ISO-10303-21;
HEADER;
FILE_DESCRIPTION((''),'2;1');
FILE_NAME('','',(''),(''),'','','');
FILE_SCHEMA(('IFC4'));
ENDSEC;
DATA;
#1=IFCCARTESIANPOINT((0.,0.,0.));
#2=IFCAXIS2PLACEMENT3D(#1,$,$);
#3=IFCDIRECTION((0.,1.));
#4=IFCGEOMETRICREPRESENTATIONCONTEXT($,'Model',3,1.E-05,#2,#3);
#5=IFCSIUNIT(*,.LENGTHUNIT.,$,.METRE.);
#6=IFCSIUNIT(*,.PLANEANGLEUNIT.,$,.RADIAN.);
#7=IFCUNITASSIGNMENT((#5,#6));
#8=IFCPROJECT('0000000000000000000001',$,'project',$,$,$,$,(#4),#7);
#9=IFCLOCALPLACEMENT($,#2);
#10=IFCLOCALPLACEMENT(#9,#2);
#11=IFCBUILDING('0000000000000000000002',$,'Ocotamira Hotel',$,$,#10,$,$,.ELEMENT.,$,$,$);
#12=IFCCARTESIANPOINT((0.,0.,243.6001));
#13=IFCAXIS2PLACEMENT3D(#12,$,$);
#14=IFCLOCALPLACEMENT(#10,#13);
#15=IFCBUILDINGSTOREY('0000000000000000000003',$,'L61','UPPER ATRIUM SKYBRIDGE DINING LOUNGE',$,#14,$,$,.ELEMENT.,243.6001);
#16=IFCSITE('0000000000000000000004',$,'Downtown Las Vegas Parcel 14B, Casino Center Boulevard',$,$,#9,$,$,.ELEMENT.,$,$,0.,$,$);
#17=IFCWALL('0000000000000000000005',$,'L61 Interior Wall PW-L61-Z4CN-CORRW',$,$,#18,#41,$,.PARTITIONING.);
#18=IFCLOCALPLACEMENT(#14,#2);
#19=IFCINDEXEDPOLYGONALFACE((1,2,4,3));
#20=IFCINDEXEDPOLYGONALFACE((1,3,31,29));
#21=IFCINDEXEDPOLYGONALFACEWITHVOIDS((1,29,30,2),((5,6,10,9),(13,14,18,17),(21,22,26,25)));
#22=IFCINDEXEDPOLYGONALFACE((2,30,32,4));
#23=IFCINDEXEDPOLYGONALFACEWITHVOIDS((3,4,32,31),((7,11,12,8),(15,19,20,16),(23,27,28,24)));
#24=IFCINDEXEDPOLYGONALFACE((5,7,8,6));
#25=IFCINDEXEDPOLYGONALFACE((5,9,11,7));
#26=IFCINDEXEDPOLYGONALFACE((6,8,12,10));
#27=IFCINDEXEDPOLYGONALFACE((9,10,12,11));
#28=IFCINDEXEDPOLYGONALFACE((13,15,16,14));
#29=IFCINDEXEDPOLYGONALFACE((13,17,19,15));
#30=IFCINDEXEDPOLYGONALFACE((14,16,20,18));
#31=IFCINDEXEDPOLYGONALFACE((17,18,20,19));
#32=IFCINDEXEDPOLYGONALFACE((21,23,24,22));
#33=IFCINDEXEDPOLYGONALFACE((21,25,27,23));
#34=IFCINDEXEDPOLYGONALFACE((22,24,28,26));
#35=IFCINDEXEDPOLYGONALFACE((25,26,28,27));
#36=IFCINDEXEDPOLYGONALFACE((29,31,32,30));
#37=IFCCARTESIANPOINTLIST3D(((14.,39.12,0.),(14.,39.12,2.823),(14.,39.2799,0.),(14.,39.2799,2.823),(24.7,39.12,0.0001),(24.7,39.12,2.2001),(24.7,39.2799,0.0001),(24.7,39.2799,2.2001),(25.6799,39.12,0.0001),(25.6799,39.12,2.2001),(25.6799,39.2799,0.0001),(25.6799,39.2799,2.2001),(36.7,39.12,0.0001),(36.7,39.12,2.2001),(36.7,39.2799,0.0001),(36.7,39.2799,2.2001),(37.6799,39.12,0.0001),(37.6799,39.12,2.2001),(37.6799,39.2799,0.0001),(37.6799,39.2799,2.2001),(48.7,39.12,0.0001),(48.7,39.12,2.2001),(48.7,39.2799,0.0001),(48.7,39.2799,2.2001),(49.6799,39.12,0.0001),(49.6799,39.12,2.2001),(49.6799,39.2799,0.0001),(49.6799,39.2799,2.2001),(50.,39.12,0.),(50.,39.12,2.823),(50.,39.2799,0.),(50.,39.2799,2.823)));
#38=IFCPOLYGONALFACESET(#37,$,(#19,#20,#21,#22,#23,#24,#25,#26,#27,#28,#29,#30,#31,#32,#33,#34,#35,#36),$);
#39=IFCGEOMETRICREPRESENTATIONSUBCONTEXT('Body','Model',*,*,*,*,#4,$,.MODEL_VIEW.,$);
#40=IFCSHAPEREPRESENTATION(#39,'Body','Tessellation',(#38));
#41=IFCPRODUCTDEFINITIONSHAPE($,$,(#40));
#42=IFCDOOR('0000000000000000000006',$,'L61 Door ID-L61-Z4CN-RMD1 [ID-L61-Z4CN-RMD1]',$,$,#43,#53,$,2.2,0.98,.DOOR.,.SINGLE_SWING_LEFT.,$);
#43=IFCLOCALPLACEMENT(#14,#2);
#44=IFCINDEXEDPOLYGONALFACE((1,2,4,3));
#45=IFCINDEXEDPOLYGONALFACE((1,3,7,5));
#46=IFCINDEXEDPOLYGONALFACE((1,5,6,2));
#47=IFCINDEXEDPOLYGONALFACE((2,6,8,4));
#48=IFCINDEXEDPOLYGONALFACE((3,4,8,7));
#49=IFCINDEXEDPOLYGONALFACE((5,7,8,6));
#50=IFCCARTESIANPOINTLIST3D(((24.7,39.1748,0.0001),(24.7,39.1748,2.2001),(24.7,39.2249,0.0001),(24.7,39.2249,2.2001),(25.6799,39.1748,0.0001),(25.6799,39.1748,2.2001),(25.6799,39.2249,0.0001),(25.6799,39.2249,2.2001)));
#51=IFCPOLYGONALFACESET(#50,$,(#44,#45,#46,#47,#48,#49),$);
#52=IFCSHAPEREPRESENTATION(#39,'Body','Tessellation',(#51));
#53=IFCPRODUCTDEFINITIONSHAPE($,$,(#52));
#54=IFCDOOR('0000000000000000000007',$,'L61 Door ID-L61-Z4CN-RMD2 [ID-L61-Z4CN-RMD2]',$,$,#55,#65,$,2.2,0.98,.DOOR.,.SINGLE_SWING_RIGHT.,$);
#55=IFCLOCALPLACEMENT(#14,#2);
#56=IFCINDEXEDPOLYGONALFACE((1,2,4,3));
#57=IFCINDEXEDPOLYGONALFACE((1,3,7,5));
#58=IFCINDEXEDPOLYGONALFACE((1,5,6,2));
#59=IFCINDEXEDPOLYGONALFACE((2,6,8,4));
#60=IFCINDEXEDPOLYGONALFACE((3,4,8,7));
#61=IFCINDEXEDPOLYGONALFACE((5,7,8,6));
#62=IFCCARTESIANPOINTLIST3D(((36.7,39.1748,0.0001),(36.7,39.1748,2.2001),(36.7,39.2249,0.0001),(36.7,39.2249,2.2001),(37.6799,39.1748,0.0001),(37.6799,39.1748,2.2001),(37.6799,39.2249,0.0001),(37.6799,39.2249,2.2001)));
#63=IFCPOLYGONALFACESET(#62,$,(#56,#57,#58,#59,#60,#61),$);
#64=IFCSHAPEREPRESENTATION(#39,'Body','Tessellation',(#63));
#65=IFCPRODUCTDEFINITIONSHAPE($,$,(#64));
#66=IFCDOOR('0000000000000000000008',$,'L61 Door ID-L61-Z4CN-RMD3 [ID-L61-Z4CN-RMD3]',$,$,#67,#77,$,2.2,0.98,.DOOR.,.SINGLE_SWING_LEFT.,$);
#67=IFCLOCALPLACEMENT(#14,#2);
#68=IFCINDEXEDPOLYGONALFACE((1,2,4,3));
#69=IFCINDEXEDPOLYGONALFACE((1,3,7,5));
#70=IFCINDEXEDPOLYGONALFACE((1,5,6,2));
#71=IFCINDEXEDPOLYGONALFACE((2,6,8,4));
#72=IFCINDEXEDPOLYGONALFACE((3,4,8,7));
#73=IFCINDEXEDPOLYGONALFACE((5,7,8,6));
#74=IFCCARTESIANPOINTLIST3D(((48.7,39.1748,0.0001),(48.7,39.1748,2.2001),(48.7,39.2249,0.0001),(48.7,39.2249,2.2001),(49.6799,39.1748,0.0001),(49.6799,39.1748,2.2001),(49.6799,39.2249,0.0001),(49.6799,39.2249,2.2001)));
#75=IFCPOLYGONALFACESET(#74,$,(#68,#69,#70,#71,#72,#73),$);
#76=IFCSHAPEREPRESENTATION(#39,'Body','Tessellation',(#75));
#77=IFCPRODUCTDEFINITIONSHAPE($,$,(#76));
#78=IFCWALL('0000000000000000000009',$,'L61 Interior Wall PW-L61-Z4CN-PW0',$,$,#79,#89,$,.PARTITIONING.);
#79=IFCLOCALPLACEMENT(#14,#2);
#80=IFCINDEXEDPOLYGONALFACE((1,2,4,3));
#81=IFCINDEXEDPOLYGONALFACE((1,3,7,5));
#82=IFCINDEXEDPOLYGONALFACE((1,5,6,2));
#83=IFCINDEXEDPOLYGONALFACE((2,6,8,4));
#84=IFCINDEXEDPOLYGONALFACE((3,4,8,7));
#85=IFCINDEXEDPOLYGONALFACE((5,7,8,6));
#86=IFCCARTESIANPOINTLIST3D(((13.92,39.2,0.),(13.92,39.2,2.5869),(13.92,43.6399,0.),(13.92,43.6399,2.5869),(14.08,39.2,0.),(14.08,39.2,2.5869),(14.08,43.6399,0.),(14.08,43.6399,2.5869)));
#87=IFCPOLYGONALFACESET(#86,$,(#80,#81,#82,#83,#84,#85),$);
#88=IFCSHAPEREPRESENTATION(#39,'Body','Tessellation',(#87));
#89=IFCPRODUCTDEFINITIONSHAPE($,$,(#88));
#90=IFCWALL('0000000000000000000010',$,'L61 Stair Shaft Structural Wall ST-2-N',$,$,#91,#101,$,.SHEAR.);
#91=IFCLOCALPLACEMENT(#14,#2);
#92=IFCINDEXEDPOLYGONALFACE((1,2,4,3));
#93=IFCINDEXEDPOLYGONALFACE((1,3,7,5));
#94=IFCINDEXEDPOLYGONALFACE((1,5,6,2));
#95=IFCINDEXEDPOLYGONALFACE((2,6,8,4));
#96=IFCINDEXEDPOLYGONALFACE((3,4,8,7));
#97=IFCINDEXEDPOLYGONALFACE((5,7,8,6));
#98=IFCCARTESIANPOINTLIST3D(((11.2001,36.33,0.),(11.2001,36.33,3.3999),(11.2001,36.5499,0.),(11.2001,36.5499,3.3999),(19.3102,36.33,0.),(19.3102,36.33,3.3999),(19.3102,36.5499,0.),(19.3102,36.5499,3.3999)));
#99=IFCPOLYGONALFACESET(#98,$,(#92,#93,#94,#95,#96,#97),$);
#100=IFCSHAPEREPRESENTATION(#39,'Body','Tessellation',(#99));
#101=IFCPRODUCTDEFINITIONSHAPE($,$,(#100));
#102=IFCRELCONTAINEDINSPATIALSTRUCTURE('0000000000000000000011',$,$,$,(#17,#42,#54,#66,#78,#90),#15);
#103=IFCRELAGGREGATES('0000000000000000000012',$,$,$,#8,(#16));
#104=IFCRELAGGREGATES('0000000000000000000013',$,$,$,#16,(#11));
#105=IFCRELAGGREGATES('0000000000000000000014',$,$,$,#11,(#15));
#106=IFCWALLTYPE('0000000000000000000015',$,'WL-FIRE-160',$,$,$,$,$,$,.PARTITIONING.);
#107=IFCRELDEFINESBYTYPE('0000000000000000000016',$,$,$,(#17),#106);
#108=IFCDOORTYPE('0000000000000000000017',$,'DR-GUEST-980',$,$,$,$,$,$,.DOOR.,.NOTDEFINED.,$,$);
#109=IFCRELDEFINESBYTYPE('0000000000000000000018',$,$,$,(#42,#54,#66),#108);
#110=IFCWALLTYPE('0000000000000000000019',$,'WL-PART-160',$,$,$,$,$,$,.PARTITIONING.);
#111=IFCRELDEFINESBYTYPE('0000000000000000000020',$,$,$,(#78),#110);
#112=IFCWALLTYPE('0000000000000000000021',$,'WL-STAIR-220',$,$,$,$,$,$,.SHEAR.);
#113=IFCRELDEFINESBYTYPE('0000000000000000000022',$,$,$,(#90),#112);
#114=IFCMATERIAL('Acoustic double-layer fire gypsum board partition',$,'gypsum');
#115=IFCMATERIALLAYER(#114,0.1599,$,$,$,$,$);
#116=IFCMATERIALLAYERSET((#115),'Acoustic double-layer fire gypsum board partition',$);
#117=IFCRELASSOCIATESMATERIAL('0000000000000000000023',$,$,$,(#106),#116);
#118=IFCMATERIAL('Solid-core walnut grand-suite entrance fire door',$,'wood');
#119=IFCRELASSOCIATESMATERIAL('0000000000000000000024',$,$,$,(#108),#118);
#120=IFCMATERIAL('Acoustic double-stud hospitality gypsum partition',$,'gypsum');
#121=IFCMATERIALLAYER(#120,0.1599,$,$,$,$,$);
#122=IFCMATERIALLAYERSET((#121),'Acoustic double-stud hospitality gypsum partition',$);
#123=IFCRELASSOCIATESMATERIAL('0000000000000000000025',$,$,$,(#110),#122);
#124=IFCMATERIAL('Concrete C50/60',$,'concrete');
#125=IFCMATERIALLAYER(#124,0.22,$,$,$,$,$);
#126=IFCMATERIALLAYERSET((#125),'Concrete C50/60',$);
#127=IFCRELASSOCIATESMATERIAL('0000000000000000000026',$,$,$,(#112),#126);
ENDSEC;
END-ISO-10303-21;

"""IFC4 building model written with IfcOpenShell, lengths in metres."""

from ifc_helpers import new_model, si_unit, direction, frame, frame_2d, origin, place, context, subcontext, project, spatial, rectangle, extrude, source, transform, mapped, material, layer, layer_set, type_object, element, fill, save


model = new_model("IFC4")

# Units and contexts
model_context = context("Model", 3, precision=1e-05, world=origin(), true_north=direction((0.0, 1.0)))
body_context = subcontext(model_context, "Body", "Model", "MODEL_VIEW")
ifc_project = project(units=[si_unit("LENGTHUNIT", "METRE"), si_unit("PLANEANGLEUNIT", "RADIAN")], contexts=[model_context])

# Site, building, storey
site_placement = place(None, origin())
site = spatial("IfcSite", under=ifc_project, at=site_placement, Name="Downtown Las Vegas Parcel 14B, Casino Center Boulevard", CompositionType="ELEMENT", RefElevation=0.0)
building_placement = place(site_placement, origin())
building = spatial("IfcBuilding", under=site, at=building_placement, Name="Ocotamira Hotel", CompositionType="ELEMENT")
storey_placement = place(building_placement, frame((0.0, 0.0, 243.6001)))
storey = spatial("IfcBuildingStorey", under=building, at=storey_placement, Name="L61", Description="UPPER ATRIUM SKYBRIDGE DINING LOUNGE", CompositionType="ELEMENT", Elevation=243.6001)

# Shared definitions
ifc_material_1 = material(Name="Concrete C50/60", Category="concrete")

# Wall, openings, doors
ifc_material_2 = material(Name="Acoustic double-layer fire gypsum board partition", Category="gypsum")
ifc_layer_1 = layer(ifc_material_2, 0.1599)
ifc_layer_set_1 = layer_set([ifc_layer_1], Name="Acoustic double-layer fire gypsum board partition")
wall_type_1 = type_object("IfcWallType", Name="WL-FIRE-160", PredefinedType="PARTITIONING", material=ifc_layer_set_1)
wall_1_placement = place(storey_placement, frame((14.0, 39.2, 0.0), z_axis=(0.0, 0.0, 1.0), x_axis=(1.0, 0.0, 0.0)))
wall_1 = element("IfcWall", 1, at=wall_1_placement, inside=storey, type_object=wall_type_1, Name="L61 Interior Wall PW-L61-Z4CN-CORRW", PredefinedType="PARTITIONING", context=body_context, shape_type="SweptSolid", body=[
    extrude(rectangle(XDim=36.0, YDim=0.1599, at=frame_2d((18.0, 0.0))), origin(), (0.0, 0.0, 1.0), 2.823),
])
opening_1_placement = place(wall_1_placement, frame((10.7, 0.0, 0.0)))
opening_1 = element("IfcOpeningElement", 2, at=opening_1_placement, cuts=wall_1, PredefinedType="OPENING", context=body_context, shape_type="SweptSolid", body=[
    extrude(rectangle(XDim=0.98, YDim=2.2, at=frame_2d((0.49, 1.1001))), frame((0.0, 0.0898, 0.0), z_axis=(0.0, -1.0, 0.0), x_axis=(1.0, 0.0, 0.0)), (0.0, 0.0, 1.0), 0.1799),
])
opening_2_placement = place(wall_1_placement, frame((22.7, 0.0, 0.0)))
opening_2 = element("IfcOpeningElement", 3, at=opening_2_placement, cuts=wall_1, PredefinedType="OPENING", context=body_context, shape_type="SweptSolid", body=[
    extrude(rectangle(XDim=0.98, YDim=2.2, at=frame_2d((0.49, 1.1001))), frame((0.0, 0.0898, 0.0), z_axis=(0.0, -1.0, 0.0), x_axis=(1.0, 0.0, 0.0)), (0.0, 0.0, 1.0), 0.1799),
])
opening_3_placement = place(wall_1_placement, frame((34.7, 0.0, 0.0)))
opening_3 = element("IfcOpeningElement", 4, at=opening_3_placement, cuts=wall_1, PredefinedType="OPENING", context=body_context, shape_type="SweptSolid", body=[
    extrude(rectangle(XDim=0.98, YDim=2.2, at=frame_2d((0.49, 1.1001))), frame((0.0, 0.0898, 0.0), z_axis=(0.0, -1.0, 0.0), x_axis=(1.0, 0.0, 0.0)), (0.0, 0.0, 1.0), 0.1799),
])
ifc_material_3 = material(Name="Solid-core walnut grand-suite entrance fire door", Category="wood")
door_type_1 = type_object("IfcDoorType", Name="DR-GUEST-980", OperationType="NOTDEFINED", PredefinedType="DOOR", material=ifc_material_3)
shared_shape_1 = source(origin(), body_context, "Body", "SweptSolid", [
    extrude(rectangle(XDim=0.98, YDim=2.2, at=frame_2d((0.49, 1.1001))), frame((0.0, 0.0249, 0.0), z_axis=(0.0, -1.0, 0.0), x_axis=(1.0, 0.0, 0.0)), (0.0, 0.0, 1.0), 0.05),
])
door_1_placement = place(opening_1_placement, origin())
door_1 = element("IfcDoor", 5, at=door_1_placement, inside=storey, type_object=door_type_1, Name="L61 Door ID-L61-Z4CN-RMD1 [ID-L61-Z4CN-RMD1]", OperationType="SINGLE_SWING_LEFT", OverallHeight=2.2, OverallWidth=0.98, PredefinedType="DOOR", context=body_context, shape_type="MappedRepresentation", body=[
    mapped(shared_shape_1, transform((0.0, 0.0, 0.0), scale=1.0)),
])
fill(opening_1, door_1)
door_2_placement = place(opening_2_placement, origin())
door_2 = element("IfcDoor", 6, at=door_2_placement, inside=storey, type_object=door_type_1, Name="L61 Door ID-L61-Z4CN-RMD2 [ID-L61-Z4CN-RMD2]", OperationType="SINGLE_SWING_RIGHT", OverallHeight=2.2, OverallWidth=0.98, PredefinedType="DOOR", context=body_context, shape_type="MappedRepresentation", body=[
    mapped(shared_shape_1, transform((0.0, 0.0, 0.0), scale=1.0)),
])
fill(opening_2, door_2)
door_3_placement = place(opening_3_placement, origin())
door_3 = element("IfcDoor", 7, at=door_3_placement, inside=storey, type_object=door_type_1, Name="L61 Door ID-L61-Z4CN-RMD3 [ID-L61-Z4CN-RMD3]", OperationType="SINGLE_SWING_LEFT", OverallHeight=2.2, OverallWidth=0.98, PredefinedType="DOOR", context=body_context, shape_type="MappedRepresentation", body=[
    mapped(shared_shape_1, transform((0.0, 0.0, 0.0), scale=1.0)),
])
fill(opening_3, door_3)

# Walls
ifc_material_4 = material(Name="Acoustic double-stud hospitality gypsum partition", Category="gypsum")
ifc_layer_2 = layer(ifc_material_4, 0.1599)
ifc_layer_set_2 = layer_set([ifc_layer_2], Name="Acoustic double-stud hospitality gypsum partition")
wall_type_2 = type_object("IfcWallType", Name="WL-PART-160", PredefinedType="PARTITIONING", material=ifc_layer_set_2)
wall_2_placement = place(storey_placement, frame((14.0, 39.2, 0.0), z_axis=(0.0, 0.0, 1.0), x_axis=(0.0, 1.0, 0.0)))
element("IfcWall", 8, at=wall_2_placement, inside=storey, type_object=wall_type_2, Name="L61 Interior Wall PW-L61-Z4CN-PW0", PredefinedType="PARTITIONING", context=body_context, shape_type="SweptSolid", body=[
    extrude(rectangle(XDim=4.4399, YDim=0.1599, at=frame_2d((2.22, 0.0))), origin(), (0.0, 0.0, 1.0), 2.5869),
])
ifc_layer_3 = layer(ifc_material_1, 0.22)
ifc_layer_set_3 = layer_set([ifc_layer_3], Name="Concrete C50/60")
wall_type_3 = type_object("IfcWallType", Name="WL-STAIR-220", PredefinedType="SHEAR", material=ifc_layer_set_3)
wall_3_placement = place(storey_placement, frame((11.2, 36.4399, 0.0), z_axis=(0.0, 0.0, 1.0), x_axis=(1.0, 0.0, 0.0)))
element("IfcWall", 9, at=wall_3_placement, inside=storey, type_object=wall_type_3, Name="L61 Stair Shaft Structural Wall ST-2-N", PredefinedType="SHEAR", context=body_context, shape_type="SweptSolid", body=[
    extrude(rectangle(XDim=8.1101, YDim=0.22, at=frame_2d((4.0552, 0.0))), origin(), (0.0, 0.0, 1.0), 3.3999),
])

save(model, "model.ifc")
